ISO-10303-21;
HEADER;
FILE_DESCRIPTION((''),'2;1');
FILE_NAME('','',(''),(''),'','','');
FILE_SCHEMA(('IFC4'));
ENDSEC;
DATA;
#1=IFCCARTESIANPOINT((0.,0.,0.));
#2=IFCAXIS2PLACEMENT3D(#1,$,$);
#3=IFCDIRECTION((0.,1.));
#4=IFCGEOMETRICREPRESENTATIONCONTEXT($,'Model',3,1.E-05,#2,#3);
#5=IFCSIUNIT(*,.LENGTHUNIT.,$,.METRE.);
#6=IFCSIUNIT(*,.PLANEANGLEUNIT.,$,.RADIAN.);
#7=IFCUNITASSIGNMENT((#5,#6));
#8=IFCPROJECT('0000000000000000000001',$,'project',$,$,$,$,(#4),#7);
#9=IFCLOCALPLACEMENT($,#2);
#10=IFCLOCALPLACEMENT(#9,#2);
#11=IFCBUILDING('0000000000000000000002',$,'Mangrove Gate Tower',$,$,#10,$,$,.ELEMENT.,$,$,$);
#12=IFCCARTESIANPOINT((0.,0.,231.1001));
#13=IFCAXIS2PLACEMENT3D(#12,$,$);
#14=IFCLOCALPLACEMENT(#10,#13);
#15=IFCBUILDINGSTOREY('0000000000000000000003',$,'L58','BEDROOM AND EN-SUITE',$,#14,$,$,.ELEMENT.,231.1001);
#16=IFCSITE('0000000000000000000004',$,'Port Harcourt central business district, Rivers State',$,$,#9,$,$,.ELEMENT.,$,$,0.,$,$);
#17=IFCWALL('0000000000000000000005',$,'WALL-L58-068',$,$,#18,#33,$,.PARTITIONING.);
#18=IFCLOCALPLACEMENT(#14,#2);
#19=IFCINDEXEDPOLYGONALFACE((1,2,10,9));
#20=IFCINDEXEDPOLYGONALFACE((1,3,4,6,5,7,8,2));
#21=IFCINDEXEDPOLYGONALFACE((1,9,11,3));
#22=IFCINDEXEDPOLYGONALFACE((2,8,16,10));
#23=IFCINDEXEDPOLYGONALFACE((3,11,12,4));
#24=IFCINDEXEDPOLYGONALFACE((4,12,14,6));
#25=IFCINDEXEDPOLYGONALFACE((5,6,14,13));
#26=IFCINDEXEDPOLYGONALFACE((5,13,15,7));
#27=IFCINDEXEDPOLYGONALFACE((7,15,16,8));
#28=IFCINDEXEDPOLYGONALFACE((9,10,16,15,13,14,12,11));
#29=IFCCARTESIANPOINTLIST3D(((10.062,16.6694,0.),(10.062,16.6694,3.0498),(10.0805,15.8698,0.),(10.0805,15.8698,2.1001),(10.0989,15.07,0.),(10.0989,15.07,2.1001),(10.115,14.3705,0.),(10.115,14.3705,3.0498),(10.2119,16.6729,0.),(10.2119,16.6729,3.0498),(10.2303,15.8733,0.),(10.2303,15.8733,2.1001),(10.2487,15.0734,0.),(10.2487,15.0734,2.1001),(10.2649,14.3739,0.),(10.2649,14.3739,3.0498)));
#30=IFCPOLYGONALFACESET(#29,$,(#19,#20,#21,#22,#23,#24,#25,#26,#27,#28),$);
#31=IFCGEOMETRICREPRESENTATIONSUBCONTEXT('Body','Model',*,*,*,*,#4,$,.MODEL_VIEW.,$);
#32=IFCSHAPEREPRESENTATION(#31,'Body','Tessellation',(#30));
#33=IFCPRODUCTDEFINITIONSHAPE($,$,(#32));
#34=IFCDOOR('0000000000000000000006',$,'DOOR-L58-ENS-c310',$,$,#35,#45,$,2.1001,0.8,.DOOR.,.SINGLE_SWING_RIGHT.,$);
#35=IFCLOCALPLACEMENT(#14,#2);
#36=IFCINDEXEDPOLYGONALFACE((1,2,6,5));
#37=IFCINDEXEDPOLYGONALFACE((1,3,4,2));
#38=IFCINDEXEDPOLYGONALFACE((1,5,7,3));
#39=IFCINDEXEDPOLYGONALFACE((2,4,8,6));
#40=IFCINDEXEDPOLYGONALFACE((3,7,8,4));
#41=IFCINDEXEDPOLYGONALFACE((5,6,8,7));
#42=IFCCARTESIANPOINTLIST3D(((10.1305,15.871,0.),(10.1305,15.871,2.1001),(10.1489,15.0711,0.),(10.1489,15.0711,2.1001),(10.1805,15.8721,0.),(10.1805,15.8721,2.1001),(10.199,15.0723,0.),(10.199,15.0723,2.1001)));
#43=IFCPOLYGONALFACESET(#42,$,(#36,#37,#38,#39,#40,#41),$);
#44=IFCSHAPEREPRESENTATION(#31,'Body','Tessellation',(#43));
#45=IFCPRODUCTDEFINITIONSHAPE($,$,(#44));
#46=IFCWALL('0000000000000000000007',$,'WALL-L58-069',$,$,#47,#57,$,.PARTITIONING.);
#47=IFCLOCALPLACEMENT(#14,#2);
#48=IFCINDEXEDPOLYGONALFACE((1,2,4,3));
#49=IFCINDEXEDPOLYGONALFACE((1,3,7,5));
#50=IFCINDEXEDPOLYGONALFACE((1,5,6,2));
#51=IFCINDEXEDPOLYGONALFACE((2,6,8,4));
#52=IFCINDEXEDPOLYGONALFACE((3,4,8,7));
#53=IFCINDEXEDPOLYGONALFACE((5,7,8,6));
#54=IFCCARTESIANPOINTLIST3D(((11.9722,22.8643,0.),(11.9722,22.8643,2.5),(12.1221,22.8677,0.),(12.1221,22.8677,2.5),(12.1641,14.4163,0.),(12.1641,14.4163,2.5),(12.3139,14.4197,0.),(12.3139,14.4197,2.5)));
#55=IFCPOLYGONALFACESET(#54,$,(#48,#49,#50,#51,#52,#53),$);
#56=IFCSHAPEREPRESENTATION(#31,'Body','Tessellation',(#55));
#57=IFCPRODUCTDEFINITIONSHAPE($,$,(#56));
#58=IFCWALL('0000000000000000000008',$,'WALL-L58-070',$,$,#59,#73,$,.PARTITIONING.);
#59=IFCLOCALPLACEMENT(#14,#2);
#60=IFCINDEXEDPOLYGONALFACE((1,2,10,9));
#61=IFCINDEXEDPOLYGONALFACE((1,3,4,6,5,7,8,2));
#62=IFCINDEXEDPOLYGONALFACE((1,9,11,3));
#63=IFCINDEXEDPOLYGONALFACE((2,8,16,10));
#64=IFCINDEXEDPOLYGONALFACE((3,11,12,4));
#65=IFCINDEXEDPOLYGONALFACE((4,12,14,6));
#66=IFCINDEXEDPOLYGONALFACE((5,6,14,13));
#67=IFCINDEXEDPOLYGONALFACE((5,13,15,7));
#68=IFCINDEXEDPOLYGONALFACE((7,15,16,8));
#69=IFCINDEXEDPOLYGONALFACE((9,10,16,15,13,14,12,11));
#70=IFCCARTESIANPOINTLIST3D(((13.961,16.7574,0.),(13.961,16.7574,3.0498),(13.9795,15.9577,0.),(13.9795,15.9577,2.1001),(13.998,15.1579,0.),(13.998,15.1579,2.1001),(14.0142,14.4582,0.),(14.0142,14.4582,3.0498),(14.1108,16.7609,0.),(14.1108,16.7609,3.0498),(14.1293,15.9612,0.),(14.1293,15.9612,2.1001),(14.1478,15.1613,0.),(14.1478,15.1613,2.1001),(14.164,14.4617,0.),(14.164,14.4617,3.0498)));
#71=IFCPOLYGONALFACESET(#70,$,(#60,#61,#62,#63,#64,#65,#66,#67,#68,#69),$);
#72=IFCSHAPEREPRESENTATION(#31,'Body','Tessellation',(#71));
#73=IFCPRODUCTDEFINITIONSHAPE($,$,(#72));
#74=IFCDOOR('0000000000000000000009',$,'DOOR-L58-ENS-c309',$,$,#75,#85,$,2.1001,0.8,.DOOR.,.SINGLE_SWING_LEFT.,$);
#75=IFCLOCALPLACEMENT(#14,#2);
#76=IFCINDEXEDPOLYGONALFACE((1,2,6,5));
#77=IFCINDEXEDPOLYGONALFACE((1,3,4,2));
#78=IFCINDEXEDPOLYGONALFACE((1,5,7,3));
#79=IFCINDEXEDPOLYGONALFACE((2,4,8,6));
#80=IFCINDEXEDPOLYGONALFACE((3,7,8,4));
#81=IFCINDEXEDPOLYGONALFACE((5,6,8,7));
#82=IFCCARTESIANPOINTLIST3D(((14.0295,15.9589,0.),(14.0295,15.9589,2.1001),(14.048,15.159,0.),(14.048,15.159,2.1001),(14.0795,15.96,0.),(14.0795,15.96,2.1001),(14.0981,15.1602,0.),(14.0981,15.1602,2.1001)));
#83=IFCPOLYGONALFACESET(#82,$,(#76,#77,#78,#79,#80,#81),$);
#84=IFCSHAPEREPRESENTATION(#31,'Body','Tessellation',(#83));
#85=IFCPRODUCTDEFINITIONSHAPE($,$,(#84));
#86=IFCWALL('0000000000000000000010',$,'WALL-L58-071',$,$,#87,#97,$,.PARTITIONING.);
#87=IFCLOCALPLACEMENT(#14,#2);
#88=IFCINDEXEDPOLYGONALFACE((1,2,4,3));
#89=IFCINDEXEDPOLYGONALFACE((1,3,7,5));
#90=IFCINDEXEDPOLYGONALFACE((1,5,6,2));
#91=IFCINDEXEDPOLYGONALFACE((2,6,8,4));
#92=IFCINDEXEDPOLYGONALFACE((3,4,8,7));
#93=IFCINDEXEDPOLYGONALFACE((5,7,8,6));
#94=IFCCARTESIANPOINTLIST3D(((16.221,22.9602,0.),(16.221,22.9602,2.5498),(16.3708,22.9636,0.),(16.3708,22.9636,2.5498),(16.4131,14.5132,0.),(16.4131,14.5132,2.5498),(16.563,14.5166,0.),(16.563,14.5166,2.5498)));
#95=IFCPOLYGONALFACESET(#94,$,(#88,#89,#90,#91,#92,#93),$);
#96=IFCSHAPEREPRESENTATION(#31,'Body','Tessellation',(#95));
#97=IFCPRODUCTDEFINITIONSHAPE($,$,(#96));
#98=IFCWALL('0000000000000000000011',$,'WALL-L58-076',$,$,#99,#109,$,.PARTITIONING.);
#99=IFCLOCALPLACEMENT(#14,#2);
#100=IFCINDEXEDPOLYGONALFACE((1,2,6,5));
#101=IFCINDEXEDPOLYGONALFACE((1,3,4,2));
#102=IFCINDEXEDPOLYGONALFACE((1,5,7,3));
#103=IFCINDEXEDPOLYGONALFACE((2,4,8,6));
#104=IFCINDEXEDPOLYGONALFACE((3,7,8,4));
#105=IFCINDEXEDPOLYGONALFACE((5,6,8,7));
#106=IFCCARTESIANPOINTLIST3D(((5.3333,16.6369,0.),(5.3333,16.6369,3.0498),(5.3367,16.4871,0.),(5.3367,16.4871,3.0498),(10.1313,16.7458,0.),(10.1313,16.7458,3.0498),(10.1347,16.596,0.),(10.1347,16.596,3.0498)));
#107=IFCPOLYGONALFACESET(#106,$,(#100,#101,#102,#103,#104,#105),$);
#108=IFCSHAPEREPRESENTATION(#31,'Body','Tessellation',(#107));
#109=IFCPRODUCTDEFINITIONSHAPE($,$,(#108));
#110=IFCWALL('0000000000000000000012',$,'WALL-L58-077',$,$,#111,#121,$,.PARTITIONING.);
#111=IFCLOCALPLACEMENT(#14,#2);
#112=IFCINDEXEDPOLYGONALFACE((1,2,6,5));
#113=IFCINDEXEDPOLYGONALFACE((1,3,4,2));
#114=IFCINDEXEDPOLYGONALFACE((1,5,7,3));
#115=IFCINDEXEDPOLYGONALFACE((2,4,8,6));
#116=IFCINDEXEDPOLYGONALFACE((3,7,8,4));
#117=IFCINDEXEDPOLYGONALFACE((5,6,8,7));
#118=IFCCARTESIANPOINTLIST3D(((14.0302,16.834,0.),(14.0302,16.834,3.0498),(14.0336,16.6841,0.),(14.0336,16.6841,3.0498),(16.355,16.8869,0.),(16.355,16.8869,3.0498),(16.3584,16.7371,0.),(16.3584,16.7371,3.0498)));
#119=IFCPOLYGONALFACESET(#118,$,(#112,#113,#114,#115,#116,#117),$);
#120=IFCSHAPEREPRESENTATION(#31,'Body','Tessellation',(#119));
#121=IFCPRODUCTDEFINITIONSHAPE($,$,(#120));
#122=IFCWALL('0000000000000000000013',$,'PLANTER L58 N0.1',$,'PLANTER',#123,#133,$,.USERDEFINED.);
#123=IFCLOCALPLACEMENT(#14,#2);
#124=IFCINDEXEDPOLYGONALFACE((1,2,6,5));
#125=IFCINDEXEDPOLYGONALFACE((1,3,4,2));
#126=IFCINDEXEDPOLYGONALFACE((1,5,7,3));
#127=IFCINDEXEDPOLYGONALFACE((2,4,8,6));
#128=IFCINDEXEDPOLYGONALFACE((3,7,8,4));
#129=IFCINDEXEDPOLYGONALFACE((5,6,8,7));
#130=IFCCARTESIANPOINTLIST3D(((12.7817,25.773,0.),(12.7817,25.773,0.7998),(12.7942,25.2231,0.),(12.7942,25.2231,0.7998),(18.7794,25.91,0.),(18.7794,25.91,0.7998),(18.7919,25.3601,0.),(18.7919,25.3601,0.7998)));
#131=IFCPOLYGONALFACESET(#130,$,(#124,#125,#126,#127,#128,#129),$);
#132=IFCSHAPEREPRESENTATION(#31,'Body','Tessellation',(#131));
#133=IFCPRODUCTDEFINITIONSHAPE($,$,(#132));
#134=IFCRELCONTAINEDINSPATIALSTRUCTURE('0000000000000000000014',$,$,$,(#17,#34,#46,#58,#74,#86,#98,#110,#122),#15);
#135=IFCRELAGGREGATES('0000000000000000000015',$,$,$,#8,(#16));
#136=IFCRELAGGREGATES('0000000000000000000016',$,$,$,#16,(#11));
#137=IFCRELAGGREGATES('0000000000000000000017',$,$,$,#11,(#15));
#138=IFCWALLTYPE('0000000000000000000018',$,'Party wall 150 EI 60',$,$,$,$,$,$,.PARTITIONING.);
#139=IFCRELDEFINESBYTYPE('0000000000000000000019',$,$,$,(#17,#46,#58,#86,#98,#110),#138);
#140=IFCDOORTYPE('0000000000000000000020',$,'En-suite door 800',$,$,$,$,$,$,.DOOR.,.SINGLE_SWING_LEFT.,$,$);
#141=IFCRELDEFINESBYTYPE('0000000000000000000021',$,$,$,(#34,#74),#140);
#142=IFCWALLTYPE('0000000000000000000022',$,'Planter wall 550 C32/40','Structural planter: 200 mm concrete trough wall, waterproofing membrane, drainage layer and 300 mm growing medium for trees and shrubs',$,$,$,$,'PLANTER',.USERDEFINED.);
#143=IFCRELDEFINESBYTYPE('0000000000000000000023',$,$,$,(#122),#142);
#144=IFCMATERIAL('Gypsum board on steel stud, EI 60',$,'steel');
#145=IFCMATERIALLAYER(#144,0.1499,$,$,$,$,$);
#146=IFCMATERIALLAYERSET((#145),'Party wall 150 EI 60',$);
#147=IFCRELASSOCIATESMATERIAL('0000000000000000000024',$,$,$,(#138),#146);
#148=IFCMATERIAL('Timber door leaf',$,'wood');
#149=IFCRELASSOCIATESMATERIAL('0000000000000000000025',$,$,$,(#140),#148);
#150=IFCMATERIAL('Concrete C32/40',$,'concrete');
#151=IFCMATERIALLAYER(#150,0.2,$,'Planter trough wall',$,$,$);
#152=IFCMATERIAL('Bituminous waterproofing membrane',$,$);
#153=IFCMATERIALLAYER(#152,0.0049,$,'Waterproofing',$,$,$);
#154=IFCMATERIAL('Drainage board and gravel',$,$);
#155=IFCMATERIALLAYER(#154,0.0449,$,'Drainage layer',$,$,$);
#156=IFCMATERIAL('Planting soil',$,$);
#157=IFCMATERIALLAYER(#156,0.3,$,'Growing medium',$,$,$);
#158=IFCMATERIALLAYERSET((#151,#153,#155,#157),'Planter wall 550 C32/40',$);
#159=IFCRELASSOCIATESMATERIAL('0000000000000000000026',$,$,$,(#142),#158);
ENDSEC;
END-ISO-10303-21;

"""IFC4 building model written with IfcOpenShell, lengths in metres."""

from ifc_helpers import new_model, si_unit, direction, frame, frame_2d, origin, place, context, subcontext, project, spatial, rectangle, extrude, material, layer, layer_set, type_object, element, fill, save


model = new_model("IFC4")

# Units and contexts
model_context = context("Model", 3, precision=1e-05, world=origin(), true_north=direction((0.0, 1.0)))
body_context = subcontext(model_context, "Body", "Model", "MODEL_VIEW")
ifc_project = project(units=[si_unit("LENGTHUNIT", "METRE"), si_unit("PLANEANGLEUNIT", "RADIAN")], contexts=[model_context])

# Site, building, storey
site_placement = place(None, origin())
site = spatial("IfcSite", under=ifc_project, at=site_placement, Name="Port Harcourt central business district, Rivers State", CompositionType="ELEMENT", RefElevation=0.0)
building_placement = place(site_placement, origin())
building = spatial("IfcBuilding", under=site, at=building_placement, Name="Mangrove Gate Tower", CompositionType="ELEMENT")
storey_placement = place(building_placement, frame((0.0, 0.0, 231.1001)))
storey = spatial("IfcBuildingStorey", under=building, at=storey_placement, Name="L58", Description="BEDROOM AND EN-SUITE", CompositionType="ELEMENT", Elevation=231.1001)

# Shared definitions
ifc_material_1 = material(Name="Gypsum board on steel stud, EI 60", Category="steel")
ifc_layer_1 = layer(ifc_material_1, 0.1499)
ifc_layer_set_1 = layer_set([ifc_layer_1], Name="Party wall 150 EI 60")
wall_type_1 = type_object("IfcWallType", Name="Party wall 150 EI 60", PredefinedType="PARTITIONING", material=ifc_layer_set_1)
ifc_material_2 = material(Name="Timber door leaf", Category="wood")
door_type = type_object("IfcDoorType", Name="En-suite door 800", OperationType="SINGLE_SWING_LEFT", PredefinedType="DOOR", material=ifc_material_2)

# Wall, opening, door
wall_1_placement = place(storey_placement, frame((10.1899, 14.3721, 0.0), z_axis=(0.0, 0.0, 1.0), x_axis=(-0.02304, 0.999735, 0.0)))
wall_1 = element("IfcWall", 1, at=wall_1_placement, inside=storey, type_object=wall_type_1, Name="WALL-L58-068", PredefinedType="PARTITIONING", context=body_context, shape_type="SweptSolid", body=[
    extrude(rectangle(XDim=2.2996, YDim=0.1499, at=frame_2d((1.1499, 0.0))), origin(), (0.0, 0.0, 1.0), 3.0498),
])
opening_1_placement = place(wall_1_placement, frame((0.7, 0.0, 0.0)))
opening_1 = element("IfcOpeningElement", 2, at=opening_1_placement, cuts=wall_1, PredefinedType="OPENING", context=body_context, shape_type="SweptSolid", body=[
    extrude(rectangle(XDim=0.8, YDim=2.1001, at=frame_2d((0.3999, 1.05))), frame((0.0, 0.085, 0.0), z_axis=(0.0, -1.0, 0.0), x_axis=(1.0, 0.0, 0.0)), (0.0, 0.0, 1.0), 0.1699),
])
door_1_placement = place(opening_1_placement, origin())
door_1 = element("IfcDoor", 3, at=door_1_placement, inside=storey, type_object=door_type, Name="DOOR-L58-ENS-c310", OperationType="SINGLE_SWING_RIGHT", OverallHeight=2.1001, OverallWidth=0.8, PredefinedType="DOOR", context=body_context, shape_type="SweptSolid", body=[
    extrude(rectangle(XDim=0.8, YDim=2.1001, at=frame_2d((0.3999, 1.05))), frame((0.0, 0.0249, 0.0), z_axis=(0.0, -1.0, 0.0), x_axis=(1.0, 0.0, 0.0)), (0.0, 0.0, 1.0), 0.05),
])
fill(opening_1, door_1)

# Wall
wall_2_placement = place(storey_placement, frame((12.239, 14.418, 0.0), z_axis=(0.0, 0.0, 1.0), x_axis=(-0.022709, 0.999742, 0.0)))
element("IfcWall", 4, at=wall_2_placement, inside=storey, type_object=wall_type_1, Name="WALL-L58-069", PredefinedType="PARTITIONING", context=body_context, shape_type="SweptSolid", body=[
    extrude(rectangle(XDim=8.4502, YDim=0.1499, at=frame_2d((4.2251, 0.0))), origin(), (0.0, 0.0, 1.0), 2.5),
])

# Wall, opening, door
wall_3_placement = place(storey_placement, frame((14.0891, 14.46, 0.0), z_axis=(0.0, 0.0, 1.0), x_axis=(-0.023143, 0.999732, 0.0)))
wall_3 = element("IfcWall", 5, at=wall_3_placement, inside=storey, type_object=wall_type_1, Name="WALL-L58-070", PredefinedType="PARTITIONING", context=body_context, shape_type="SweptSolid", body=[
    extrude(rectangle(XDim=2.2998, YDim=0.1499, at=frame_2d((1.1499, 0.0))), origin(), (0.0, 0.0, 1.0), 3.0498),
])
opening_2_placement = place(wall_3_placement, frame((0.7, 0.0, 0.0)))
opening_2 = element("IfcOpeningElement", 6, at=opening_2_placement, cuts=wall_3, PredefinedType="OPENING", context=body_context, shape_type="SweptSolid", body=[
    extrude(rectangle(XDim=0.8, YDim=2.1001, at=frame_2d((0.3999, 1.05))), frame((0.0, 0.085, 0.0), z_axis=(0.0, -1.0, 0.0), x_axis=(1.0, 0.0, 0.0)), (0.0, 0.0, 1.0), 0.1699),
])
door_2_placement = place(opening_2_placement, origin())
door_2 = element("IfcDoor", 7, at=door_2_placement, inside=storey, type_object=door_type, Name="DOOR-L58-ENS-c309", OperationType="SINGLE_SWING_LEFT", OverallHeight=2.1001, OverallWidth=0.8, PredefinedType="DOOR", context=body_context, shape_type="SweptSolid", body=[
    extrude(rectangle(XDim=0.8, YDim=2.1001, at=frame_2d((0.3999, 1.05))), frame((0.0, 0.0249, 0.0), z_axis=(0.0, -1.0, 0.0), x_axis=(1.0, 0.0, 0.0)), (0.0, 0.0, 1.0), 0.05),
])
fill(opening_2, door_2)

# Walls
wall_4_placement = place(storey_placement, frame((16.488, 14.5149, 0.0), z_axis=(0.0, 0.0, 1.0), x_axis=(-0.02274, 0.999741, 0.0)))
element("IfcWall", 8, at=wall_4_placement, inside=storey, type_object=wall_type_1, Name="WALL-L58-071", PredefinedType="PARTITIONING", context=body_context, shape_type="SweptSolid", body=[
    extrude(rectangle(XDim=8.4492, YDim=0.1499, at=frame_2d((4.2246, 0.0))), origin(), (0.0, 0.0, 1.0), 2.5498),
])
wall_5_placement = place(storey_placement, frame((5.335, 16.562, 0.0), z_axis=(0.0, 0.0, 1.0), x_axis=(0.999743, 0.022688, 0.0)))
element("IfcWall", 9, at=wall_5_placement, inside=storey, type_object=wall_type_1, Name="WALL-L58-076", PredefinedType="PARTITIONING", context=body_context, shape_type="SweptSolid", body=[
    extrude(rectangle(XDim=4.7993, YDim=0.1499, at=frame_2d((2.3997, 0.0))), origin(), (0.0, 0.0, 1.0), 3.0498),
])
wall_6_placement = place(storey_placement, frame((14.032, 16.759, 0.0), z_axis=(0.0, 0.0, 1.0), x_axis=(0.99974, 0.022781, 0.0)))
element("IfcWall", 10, at=wall_6_placement, inside=storey, type_object=wall_type_1, Name="WALL-L58-077", PredefinedType="PARTITIONING", context=body_context, shape_type="SweptSolid", body=[
    extrude(rectangle(XDim=2.3254, YDim=0.1499, at=frame_2d((1.1626, 0.0))), origin(), (0.0, 0.0, 1.0), 3.0498),
])
ifc_material_3 = material(Name="Concrete C32/40", Category="concrete")
ifc_layer_2 = layer(ifc_material_3, 0.2, Name="Planter trough wall")
ifc_material_4 = material(Name="Bituminous waterproofing membrane")
ifc_layer_3 = layer(ifc_material_4, 0.0049, Name="Waterproofing")
ifc_material_5 = material(Name="Drainage board and gravel")
ifc_layer_4 = layer(ifc_material_5, 0.0449, Name="Drainage layer")
ifc_material_6 = material(Name="Planting soil")
ifc_layer_5 = layer(ifc_material_6, 0.3, Name="Growing medium")
ifc_layer_set_2 = layer_set([ifc_layer_2, ifc_layer_3, ifc_layer_4, ifc_layer_5], Name="Planter wall 550 C32/40")
wall_type_2 = type_object("IfcWallType", Name="Planter wall 550 C32/40", Description="Structural planter: 200 mm concrete trough wall, waterproofing membrane, drainage layer and 300 mm growing medium for trees and shrubs", ElementType="PLANTER", PredefinedType="USERDEFINED", material=ifc_layer_set_2)
wall_7_placement = place(storey_placement, frame((12.7881, 25.498, 0.0), z_axis=(0.0, 0.0, 1.0), x_axis=(0.999739, 0.02283, 0.0)))
element("IfcWall", 11, at=wall_7_placement, inside=storey, type_object=wall_type_2, Name="PLANTER L58 N0.1", ObjectType="PLANTER", PredefinedType="USERDEFINED", context=body_context, shape_type="SweptSolid", body=[
    extrude(rectangle(XDim=5.9993, YDim=0.55, at=frame_2d((2.9995, 0.0))), origin(), (0.0, 0.0, 1.0), 0.7998),
])

save(model, "model.ifc")
